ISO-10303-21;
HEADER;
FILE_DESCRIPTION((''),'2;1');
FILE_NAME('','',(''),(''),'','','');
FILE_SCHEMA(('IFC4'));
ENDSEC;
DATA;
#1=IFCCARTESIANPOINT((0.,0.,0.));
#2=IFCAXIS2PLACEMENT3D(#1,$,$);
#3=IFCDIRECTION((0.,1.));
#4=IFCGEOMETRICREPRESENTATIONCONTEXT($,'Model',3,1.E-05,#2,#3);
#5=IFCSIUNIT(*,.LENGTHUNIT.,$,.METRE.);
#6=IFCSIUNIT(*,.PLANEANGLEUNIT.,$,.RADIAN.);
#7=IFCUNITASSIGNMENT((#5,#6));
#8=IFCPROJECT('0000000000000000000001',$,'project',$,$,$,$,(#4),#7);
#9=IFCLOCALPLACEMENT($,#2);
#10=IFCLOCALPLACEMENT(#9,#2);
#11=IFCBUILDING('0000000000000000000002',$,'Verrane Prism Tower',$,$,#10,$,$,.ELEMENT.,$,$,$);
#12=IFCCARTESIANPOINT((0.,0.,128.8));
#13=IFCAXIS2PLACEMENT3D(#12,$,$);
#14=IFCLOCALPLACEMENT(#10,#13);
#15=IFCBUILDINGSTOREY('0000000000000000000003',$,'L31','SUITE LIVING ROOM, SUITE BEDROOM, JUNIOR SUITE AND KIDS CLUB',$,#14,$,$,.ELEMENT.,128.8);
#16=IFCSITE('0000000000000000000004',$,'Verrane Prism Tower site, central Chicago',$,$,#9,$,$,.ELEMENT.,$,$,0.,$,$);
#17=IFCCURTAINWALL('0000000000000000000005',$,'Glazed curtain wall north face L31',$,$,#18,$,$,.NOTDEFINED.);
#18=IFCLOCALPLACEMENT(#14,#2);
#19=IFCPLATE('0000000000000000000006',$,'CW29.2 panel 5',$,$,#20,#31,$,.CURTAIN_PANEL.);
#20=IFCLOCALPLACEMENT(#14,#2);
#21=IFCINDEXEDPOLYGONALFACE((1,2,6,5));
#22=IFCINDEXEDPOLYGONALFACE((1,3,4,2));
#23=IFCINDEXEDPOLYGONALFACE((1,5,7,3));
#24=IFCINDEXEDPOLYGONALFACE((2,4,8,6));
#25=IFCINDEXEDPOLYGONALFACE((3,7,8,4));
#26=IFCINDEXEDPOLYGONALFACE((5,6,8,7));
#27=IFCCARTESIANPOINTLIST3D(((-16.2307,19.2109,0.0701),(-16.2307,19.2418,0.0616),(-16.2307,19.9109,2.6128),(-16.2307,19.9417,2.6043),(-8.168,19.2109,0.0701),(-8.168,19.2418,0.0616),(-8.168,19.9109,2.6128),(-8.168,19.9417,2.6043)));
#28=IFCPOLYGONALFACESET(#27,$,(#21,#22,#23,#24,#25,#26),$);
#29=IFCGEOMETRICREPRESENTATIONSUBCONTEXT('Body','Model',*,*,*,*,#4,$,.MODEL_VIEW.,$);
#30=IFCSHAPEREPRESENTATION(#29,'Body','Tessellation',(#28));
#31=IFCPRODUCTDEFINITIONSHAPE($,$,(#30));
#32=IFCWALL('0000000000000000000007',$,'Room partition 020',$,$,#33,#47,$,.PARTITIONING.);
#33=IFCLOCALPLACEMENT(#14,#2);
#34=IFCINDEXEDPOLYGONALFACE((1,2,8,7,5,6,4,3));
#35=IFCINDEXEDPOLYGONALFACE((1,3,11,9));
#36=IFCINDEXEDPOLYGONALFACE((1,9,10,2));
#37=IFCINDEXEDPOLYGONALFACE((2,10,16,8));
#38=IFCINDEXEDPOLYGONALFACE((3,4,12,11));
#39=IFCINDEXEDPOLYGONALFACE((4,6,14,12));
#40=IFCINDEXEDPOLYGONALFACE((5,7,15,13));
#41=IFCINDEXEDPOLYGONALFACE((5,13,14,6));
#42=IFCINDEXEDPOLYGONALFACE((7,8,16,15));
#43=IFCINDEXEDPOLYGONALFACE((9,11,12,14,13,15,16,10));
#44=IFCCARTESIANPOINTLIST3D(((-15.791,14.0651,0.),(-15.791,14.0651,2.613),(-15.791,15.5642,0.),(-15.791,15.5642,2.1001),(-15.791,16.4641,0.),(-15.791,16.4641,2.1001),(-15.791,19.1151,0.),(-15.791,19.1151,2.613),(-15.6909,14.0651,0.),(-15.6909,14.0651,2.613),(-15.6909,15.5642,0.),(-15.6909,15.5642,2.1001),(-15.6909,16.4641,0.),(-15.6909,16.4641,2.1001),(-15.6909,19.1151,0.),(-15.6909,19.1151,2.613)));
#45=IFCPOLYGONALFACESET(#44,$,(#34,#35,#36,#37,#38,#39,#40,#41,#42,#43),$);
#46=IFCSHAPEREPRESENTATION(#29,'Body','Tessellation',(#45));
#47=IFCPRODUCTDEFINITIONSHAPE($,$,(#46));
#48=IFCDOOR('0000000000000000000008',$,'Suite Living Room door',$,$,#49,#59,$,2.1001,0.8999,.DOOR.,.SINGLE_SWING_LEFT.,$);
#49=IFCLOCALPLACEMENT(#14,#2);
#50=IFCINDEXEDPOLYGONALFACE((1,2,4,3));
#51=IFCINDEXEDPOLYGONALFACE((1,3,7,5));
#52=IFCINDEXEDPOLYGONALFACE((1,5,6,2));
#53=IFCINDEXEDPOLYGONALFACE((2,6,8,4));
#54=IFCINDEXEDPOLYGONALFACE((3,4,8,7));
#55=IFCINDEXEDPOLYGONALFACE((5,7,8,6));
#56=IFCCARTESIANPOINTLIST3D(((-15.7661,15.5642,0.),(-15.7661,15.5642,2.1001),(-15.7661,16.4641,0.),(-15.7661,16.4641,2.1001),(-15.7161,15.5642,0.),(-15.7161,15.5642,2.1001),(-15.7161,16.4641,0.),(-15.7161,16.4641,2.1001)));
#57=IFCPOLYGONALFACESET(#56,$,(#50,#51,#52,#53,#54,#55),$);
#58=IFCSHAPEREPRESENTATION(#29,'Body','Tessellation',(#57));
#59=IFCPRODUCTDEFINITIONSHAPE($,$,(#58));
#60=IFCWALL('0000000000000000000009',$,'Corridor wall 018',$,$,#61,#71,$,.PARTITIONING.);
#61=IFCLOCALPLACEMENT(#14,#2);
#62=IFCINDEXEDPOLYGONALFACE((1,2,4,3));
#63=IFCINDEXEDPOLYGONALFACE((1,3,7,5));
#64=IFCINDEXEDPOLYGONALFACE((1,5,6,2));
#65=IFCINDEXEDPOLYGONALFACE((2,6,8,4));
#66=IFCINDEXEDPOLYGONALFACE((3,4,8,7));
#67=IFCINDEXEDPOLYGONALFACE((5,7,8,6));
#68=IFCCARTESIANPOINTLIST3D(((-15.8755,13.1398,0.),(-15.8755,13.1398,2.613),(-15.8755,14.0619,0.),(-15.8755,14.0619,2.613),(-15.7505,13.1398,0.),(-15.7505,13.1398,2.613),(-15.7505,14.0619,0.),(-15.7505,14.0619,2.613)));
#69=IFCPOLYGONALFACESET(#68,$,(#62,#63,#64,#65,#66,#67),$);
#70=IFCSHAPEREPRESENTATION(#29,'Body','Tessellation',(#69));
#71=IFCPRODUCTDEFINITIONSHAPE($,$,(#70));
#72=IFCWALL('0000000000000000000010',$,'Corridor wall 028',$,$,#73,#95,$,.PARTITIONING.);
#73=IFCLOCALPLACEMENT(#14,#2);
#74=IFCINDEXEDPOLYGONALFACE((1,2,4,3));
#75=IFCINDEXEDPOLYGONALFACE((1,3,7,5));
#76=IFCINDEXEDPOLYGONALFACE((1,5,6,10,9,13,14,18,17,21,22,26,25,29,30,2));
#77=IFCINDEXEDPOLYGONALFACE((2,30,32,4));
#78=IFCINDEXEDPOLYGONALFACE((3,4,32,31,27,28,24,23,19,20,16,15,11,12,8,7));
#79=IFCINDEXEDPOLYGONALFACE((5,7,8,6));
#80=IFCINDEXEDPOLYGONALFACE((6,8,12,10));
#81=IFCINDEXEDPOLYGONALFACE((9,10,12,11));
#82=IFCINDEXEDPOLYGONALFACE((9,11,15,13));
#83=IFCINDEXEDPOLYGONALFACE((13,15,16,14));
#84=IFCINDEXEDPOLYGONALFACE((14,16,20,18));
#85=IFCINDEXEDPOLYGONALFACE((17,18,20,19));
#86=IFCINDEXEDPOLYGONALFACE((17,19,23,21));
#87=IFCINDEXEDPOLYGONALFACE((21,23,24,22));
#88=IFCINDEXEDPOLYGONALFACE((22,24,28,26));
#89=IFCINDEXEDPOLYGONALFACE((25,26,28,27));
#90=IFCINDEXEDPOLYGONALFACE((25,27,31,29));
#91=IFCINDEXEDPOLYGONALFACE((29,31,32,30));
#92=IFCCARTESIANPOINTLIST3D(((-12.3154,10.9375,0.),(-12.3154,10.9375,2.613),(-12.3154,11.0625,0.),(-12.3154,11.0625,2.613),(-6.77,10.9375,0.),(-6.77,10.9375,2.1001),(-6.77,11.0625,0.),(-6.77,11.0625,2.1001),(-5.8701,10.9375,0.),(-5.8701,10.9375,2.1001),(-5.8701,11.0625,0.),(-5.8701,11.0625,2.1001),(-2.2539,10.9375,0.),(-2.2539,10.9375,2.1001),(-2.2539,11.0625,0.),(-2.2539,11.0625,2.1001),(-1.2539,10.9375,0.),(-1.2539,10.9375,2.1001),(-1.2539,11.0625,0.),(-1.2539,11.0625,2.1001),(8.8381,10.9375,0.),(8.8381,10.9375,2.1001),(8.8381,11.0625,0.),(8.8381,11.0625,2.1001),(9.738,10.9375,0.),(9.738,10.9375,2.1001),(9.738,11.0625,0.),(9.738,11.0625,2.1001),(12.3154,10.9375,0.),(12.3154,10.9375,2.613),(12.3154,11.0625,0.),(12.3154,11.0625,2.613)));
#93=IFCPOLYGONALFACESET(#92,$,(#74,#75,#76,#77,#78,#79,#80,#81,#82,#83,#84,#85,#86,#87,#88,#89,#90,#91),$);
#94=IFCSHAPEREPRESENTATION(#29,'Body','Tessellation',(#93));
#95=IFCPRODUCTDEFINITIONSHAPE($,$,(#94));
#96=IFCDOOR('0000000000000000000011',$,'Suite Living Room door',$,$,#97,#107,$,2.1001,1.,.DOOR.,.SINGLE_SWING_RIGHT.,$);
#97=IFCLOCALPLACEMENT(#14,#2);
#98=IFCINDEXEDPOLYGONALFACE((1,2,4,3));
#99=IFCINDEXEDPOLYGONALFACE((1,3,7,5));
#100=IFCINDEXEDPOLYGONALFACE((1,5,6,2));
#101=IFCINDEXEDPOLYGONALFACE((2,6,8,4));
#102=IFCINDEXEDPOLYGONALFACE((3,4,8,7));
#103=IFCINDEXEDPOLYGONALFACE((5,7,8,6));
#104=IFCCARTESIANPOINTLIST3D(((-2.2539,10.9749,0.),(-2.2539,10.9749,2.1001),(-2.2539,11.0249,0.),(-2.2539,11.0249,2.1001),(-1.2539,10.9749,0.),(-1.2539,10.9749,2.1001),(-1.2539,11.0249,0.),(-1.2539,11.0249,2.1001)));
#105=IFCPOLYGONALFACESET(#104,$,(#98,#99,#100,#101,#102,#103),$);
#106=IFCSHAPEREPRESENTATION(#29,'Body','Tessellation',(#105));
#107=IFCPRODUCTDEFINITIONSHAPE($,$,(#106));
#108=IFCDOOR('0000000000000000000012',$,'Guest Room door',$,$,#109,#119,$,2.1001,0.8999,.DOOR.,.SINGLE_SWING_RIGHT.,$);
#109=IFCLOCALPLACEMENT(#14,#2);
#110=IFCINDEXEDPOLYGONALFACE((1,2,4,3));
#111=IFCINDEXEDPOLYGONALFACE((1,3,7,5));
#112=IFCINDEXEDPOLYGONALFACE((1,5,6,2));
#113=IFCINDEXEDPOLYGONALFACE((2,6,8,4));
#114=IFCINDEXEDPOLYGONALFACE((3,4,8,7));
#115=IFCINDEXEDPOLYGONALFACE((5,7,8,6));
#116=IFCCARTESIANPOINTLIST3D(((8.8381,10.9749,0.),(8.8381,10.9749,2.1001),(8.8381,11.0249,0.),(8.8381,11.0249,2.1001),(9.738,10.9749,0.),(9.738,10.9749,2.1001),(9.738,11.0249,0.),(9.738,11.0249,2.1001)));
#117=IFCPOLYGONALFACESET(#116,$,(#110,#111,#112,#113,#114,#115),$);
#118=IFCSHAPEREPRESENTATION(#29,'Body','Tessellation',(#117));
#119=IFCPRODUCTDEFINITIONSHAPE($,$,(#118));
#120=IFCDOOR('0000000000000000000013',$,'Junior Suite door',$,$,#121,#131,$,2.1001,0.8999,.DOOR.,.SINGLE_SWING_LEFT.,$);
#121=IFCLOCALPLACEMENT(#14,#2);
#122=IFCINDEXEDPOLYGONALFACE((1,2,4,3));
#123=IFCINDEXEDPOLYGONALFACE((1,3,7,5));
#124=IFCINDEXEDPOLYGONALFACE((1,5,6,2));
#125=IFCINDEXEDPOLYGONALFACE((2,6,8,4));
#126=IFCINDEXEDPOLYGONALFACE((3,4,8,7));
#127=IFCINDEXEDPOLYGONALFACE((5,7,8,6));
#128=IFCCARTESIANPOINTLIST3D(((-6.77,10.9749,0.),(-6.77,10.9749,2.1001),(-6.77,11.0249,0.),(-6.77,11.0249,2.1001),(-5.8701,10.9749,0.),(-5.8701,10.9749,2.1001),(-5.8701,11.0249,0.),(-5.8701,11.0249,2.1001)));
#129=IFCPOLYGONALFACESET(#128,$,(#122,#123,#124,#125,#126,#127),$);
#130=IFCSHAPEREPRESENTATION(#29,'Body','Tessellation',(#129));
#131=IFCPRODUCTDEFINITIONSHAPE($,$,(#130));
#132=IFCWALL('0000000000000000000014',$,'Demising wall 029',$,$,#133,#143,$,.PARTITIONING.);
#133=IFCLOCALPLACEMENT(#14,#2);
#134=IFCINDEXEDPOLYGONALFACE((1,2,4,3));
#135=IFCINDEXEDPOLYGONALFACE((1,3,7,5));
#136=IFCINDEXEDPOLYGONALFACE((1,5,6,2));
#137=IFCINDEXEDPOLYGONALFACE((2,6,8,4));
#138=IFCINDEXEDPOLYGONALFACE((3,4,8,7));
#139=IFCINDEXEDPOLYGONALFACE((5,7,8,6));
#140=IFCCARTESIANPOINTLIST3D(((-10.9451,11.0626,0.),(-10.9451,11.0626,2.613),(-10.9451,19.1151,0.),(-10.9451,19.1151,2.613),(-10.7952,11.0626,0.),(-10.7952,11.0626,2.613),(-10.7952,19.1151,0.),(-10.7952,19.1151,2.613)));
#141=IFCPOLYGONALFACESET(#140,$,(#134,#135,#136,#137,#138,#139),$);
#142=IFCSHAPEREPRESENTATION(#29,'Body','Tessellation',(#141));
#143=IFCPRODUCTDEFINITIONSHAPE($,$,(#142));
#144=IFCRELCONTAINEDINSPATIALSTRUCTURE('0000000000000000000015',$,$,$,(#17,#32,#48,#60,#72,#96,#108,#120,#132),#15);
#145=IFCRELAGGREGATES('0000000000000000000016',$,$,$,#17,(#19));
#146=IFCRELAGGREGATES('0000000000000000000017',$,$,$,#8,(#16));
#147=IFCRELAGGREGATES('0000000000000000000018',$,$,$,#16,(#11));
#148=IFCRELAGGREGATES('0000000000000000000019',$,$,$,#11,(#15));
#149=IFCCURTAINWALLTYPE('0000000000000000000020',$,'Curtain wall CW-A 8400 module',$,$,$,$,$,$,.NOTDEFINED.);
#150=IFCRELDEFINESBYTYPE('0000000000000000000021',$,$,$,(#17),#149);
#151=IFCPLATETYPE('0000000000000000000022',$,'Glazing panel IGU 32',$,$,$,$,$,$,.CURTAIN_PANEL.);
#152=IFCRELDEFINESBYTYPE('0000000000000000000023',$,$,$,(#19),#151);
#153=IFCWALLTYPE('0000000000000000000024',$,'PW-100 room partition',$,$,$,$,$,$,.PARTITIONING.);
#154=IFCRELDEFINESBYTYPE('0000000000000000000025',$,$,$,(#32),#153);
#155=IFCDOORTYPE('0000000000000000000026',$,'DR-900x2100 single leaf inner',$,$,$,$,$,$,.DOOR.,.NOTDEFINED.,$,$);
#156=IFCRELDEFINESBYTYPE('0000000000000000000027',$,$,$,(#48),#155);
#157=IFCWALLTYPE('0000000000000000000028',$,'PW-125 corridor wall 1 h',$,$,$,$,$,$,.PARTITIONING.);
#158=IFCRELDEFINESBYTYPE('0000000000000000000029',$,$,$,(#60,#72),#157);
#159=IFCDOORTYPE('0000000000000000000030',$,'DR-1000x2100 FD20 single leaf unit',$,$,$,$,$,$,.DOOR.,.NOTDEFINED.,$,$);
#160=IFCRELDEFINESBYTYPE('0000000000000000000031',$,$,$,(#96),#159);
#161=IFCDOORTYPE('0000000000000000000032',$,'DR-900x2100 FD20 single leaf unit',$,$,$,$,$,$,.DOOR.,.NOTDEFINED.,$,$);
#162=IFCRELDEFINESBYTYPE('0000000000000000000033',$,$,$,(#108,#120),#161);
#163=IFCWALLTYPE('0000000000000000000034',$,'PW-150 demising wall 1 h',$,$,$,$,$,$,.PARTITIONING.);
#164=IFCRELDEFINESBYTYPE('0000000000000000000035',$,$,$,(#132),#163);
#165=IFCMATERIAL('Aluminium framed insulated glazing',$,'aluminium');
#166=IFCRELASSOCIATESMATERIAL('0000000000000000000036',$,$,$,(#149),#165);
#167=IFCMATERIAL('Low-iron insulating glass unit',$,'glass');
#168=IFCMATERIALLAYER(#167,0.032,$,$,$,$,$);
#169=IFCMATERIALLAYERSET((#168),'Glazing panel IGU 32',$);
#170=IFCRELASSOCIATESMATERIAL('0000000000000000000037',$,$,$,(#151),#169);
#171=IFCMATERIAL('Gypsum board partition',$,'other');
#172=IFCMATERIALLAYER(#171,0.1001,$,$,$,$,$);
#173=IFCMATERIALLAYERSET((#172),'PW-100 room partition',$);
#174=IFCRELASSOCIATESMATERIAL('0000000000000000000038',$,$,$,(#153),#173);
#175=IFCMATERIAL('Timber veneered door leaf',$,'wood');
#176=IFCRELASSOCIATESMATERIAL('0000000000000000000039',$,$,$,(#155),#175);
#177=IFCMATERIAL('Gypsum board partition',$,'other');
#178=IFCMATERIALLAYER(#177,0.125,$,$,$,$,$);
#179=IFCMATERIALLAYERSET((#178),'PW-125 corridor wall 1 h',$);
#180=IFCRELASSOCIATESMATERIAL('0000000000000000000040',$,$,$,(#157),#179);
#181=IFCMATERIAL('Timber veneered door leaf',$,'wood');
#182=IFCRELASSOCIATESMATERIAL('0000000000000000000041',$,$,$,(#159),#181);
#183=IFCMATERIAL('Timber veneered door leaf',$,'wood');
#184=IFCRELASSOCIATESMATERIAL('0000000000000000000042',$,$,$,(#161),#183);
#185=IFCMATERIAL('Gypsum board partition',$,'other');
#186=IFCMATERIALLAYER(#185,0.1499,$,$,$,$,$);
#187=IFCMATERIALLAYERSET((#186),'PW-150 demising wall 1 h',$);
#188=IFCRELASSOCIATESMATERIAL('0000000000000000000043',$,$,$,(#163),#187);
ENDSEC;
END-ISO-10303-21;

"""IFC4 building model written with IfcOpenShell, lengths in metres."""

from ifc_helpers import new_model, si_unit, direction, frame, frame_2d, origin, place, context, subcontext, project, spatial, polyline, rectangle, outline, extrude, material, layer, layer_set, type_object, element, fill, aggregate, save


model = new_model("IFC4")

# Units and contexts
model_context = context("Model", 3, precision=1e-05, world=origin(), true_north=direction((0.0, 1.0)))
body_context = subcontext(model_context, "Body", "Model", "MODEL_VIEW")
ifc_project = project(units=[si_unit("LENGTHUNIT", "METRE"), si_unit("PLANEANGLEUNIT", "RADIAN")], contexts=[model_context])

# Site, building, storey
site_placement = place(None, origin())
site = spatial("IfcSite", under=ifc_project, at=site_placement, Name="Verrane Prism Tower site, central Chicago", CompositionType="ELEMENT", RefElevation=0.0)
building_placement = place(site_placement, origin())
building = spatial("IfcBuilding", under=site, at=building_placement, Name="Verrane Prism Tower", CompositionType="ELEMENT")
storey_placement = place(building_placement, frame((0.0, 0.0, 128.8)))
storey = spatial("IfcBuildingStorey", under=building, at=storey_placement, Name="L31", Description="SUITE LIVING ROOM, SUITE BEDROOM, JUNIOR SUITE AND KIDS CLUB", CompositionType="ELEMENT", Elevation=128.8)

# Curtain wall, plate
ifc_material_1 = material(Name="Aluminium framed insulated glazing", Category="aluminium")
curtain_wall_type = type_object("IfcCurtainWallType", Name="Curtain wall CW-A 8400 module", PredefinedType="NOTDEFINED", material=ifc_material_1)
curtain_wall_placement = place(storey_placement, origin())
curtain_wall = element("IfcCurtainWall", 1, at=curtain_wall_placement, inside=storey, type_object=curtain_wall_type, Name="Glazed curtain wall north face L31", PredefinedType="NOTDEFINED")
ifc_material_2 = material(Name="Low-iron insulating glass unit", Category="glass")
ifc_layer_1 = layer(ifc_material_2, 0.032)
ifc_layer_set_1 = layer_set([ifc_layer_1], Name="Glazing panel IGU 32")
plate_type = type_object("IfcPlateType", Name="Glazing panel IGU 32", PredefinedType="CURTAIN_PANEL", material=ifc_layer_set_1)
plate_placement = place(storey_placement, frame((-8.168, 19.2109, 0.0701), z_axis=(0.0, -0.964137, 0.265404), x_axis=(-1.0, 0.0, 0.0)))
plate = element("IfcPlate", 2, at=plate_placement, type_object=plate_type, Name="CW29.2 panel 5", PredefinedType="CURTAIN_PANEL", context=body_context, shape_type="SweptSolid", body=[
    extrude(outline(polyline([(0.0, 0.0), (8.0627, 0.0), (8.0627, -2.6373), (0.0, -2.6373), (0.0, 0.0)])), origin(), (0.0, 0.0, -1.0), 0.032),
])
aggregate(curtain_wall, [plate])

# Wall, opening, door
ifc_material_3 = material(Name="Gypsum board partition", Category="other")
ifc_layer_2 = layer(ifc_material_3, 0.1001)
ifc_layer_set_2 = layer_set([ifc_layer_2], Name="PW-100 room partition")
wall_type_1 = type_object("IfcWallType", Name="PW-100 room partition", PredefinedType="PARTITIONING", material=ifc_layer_set_2)
wall_1_placement = place(storey_placement, frame((-15.741, 19.115, 0.0), z_axis=(0.0, 0.0, 1.0), x_axis=(0.0, -1.0, 0.0)))
wall_1 = element("IfcWall", 3, at=wall_1_placement, inside=storey, type_object=wall_type_1, Name="Room partition 020", PredefinedType="PARTITIONING", context=body_context, shape_type="SweptSolid", body=[
    extrude(rectangle(XDim=5.05, YDim=0.1001, at=frame_2d((2.5249, 0.0))), origin(), (0.0, 0.0, 1.0), 2.613),
])
opening_1_placement = place(wall_1_placement, frame((2.6509, 0.0, 0.0)))
opening_1 = element("IfcOpeningElement", 4, at=opening_1_placement, cuts=wall_1, PredefinedType="OPENING", context=body_context, shape_type="SweptSolid", body=[
    extrude(rectangle(XDim=0.8999, YDim=2.1001, at=frame_2d((0.45, 1.05))), frame((0.0, 0.0601, 0.0), z_axis=(0.0, -1.0, 0.0), x_axis=(1.0, 0.0, 0.0)), (0.0, 0.0, 1.0), 0.1201),
])
ifc_material_4 = material(Name="Timber veneered door leaf", Category="wood")
door_type_1 = type_object("IfcDoorType", Name="DR-900x2100 single leaf inner", OperationType="NOTDEFINED", PredefinedType="DOOR", material=ifc_material_4)
door_1_placement = place(opening_1_placement, origin())
door_1 = element("IfcDoor", 5, at=door_1_placement, inside=storey, type_object=door_type_1, Name="Suite Living Room door", OperationType="SINGLE_SWING_LEFT", OverallHeight=2.1001, OverallWidth=0.8999, PredefinedType="DOOR", context=body_context, shape_type="SweptSolid", body=[
    extrude(rectangle(XDim=0.8999, YDim=2.1001, at=frame_2d((0.45, 1.05))), frame((0.0, 0.0249, 0.0), z_axis=(0.0, -1.0, 0.0), x_axis=(1.0, 0.0, 0.0)), (0.0, 0.0, 1.0), 0.05),
])
fill(opening_1, door_1)

# Wall
ifc_material_5 = material(Name="Gypsum board partition", Category="other")
ifc_layer_3 = layer(ifc_material_5, 0.125)
ifc_layer_set_3 = layer_set([ifc_layer_3], Name="PW-125 corridor wall 1 h")
wall_type_2 = type_object("IfcWallType", Name="PW-125 corridor wall 1 h", PredefinedType="PARTITIONING", material=ifc_layer_set_3)
wall_2_placement = place(storey_placement, frame((-15.813, 13.1399, 0.0), z_axis=(0.0, 0.0, 1.0), x_axis=(0.0, 1.0, 0.0)))
element("IfcWall", 6, at=wall_2_placement, inside=storey, type_object=wall_type_2, Name="Corridor wall 018", PredefinedType="PARTITIONING", context=body_context, shape_type="SweptSolid", body=[
    extrude(rectangle(XDim=0.9221, YDim=0.125, at=frame_2d((0.4609, 0.0))), origin(), (0.0, 0.0, 1.0), 2.613),
])

# Wall, openings, doors
wall_3_placement = place(storey_placement, frame((-12.3154, 11.0, 0.0), z_axis=(0.0, 0.0, 1.0), x_axis=(1.0, 0.0, 0.0)))
wall_3 = element("IfcWall", 7, at=wall_3_placement, inside=storey, type_object=wall_type_2, Name="Corridor wall 028", PredefinedType="PARTITIONING", context=body_context, shape_type="SweptSolid", body=[
    extrude(rectangle(XDim=24.6309, YDim=0.125, at=frame_2d((12.3154, 0.0))), origin(), (0.0, 0.0, 1.0), 2.613),
])
opening_2_placement = place(wall_3_placement, frame((21.1536, 0.0, 0.0)))
opening_2 = element("IfcOpeningElement", 8, at=opening_2_placement, cuts=wall_3, PredefinedType="OPENING", context=body_context, shape_type="SweptSolid", body=[
    extrude(rectangle(XDim=0.8999, YDim=2.1001, at=frame_2d((0.45, 1.05))), frame((0.0, 0.0725, 0.0), z_axis=(0.0, -1.0, 0.0), x_axis=(1.0, 0.0, 0.0)), (0.0, 0.0, 1.0), 0.145),
])
opening_3_placement = place(wall_3_placement, frame((10.0615, 0.0, 0.0)))
opening_3 = element("IfcOpeningElement", 9, at=opening_3_placement, cuts=wall_3, PredefinedType="OPENING", context=body_context, shape_type="SweptSolid", body=[
    extrude(rectangle(XDim=1.0, YDim=2.1001, at=frame_2d((0.5, 1.05))), frame((0.0, 0.0725, 0.0), z_axis=(0.0, -1.0, 0.0), x_axis=(1.0, 0.0, 0.0)), (0.0, 0.0, 1.0), 0.145),
])
opening_4_placement = place(wall_3_placement, frame((5.5454, 0.0, 0.0)))
opening_4 = element("IfcOpeningElement", 10, at=opening_4_placement, cuts=wall_3, PredefinedType="OPENING", context=body_context, shape_type="SweptSolid", body=[
    extrude(rectangle(XDim=0.8999, YDim=2.1001, at=frame_2d((0.45, 1.05))), frame((0.0, 0.0725, 0.0), z_axis=(0.0, -1.0, 0.0), x_axis=(1.0, 0.0, 0.0)), (0.0, 0.0, 1.0), 0.145),
])
ifc_material_6 = material(Name="Timber veneered door leaf", Category="wood")
door_type_2 = type_object("IfcDoorType", Name="DR-1000x2100 FD20 single leaf unit", OperationType="NOTDEFINED", PredefinedType="DOOR", material=ifc_material_6)
door_2_placement = place(opening_3_placement, origin())
door_2 = element("IfcDoor", 11, at=door_2_placement, inside=storey, type_object=door_type_2, Name="Suite Living Room door", OperationType="SINGLE_SWING_RIGHT", OverallHeight=2.1001, OverallWidth=1.0, PredefinedType="DOOR", context=body_context, shape_type="SweptSolid", body=[
    extrude(rectangle(XDim=1.0, YDim=2.1001, at=frame_2d((0.5, 1.05))), frame((0.0, 0.0249, 0.0), z_axis=(0.0, -1.0, 0.0), x_axis=(1.0, 0.0, 0.0)), (0.0, 0.0, 1.0), 0.05),
])
fill(opening_3, door_2)
ifc_material_7 = material(Name="Timber veneered door leaf", Category="wood")
door_type_3 = type_object("IfcDoorType", Name="DR-900x2100 FD20 single leaf unit", OperationType="NOTDEFINED", PredefinedType="DOOR", material=ifc_material_7)
door_3_placement = place(opening_2_placement, origin())
door_3 = element("IfcDoor", 12, at=door_3_placement, inside=storey, type_object=door_type_3, Name="Guest Room door", OperationType="SINGLE_SWING_RIGHT", OverallHeight=2.1001, OverallWidth=0.8999, PredefinedType="DOOR", context=body_context, shape_type="SweptSolid", body=[
    extrude(rectangle(XDim=0.8999, YDim=2.1001, at=frame_2d((0.45, 1.05))), frame((0.0, 0.0249, 0.0), z_axis=(0.0, -1.0, 0.0), x_axis=(1.0, 0.0, 0.0)), (0.0, 0.0, 1.0), 0.05),
])
fill(opening_2, door_3)
door_4_placement = place(opening_4_placement, origin())
door_4 = element("IfcDoor", 13, at=door_4_placement, inside=storey, type_object=door_type_3, Name="Junior Suite door", OperationType="SINGLE_SWING_LEFT", OverallHeight=2.1001, OverallWidth=0.8999, PredefinedType="DOOR", context=body_context, shape_type="SweptSolid", body=[
    extrude(rectangle(XDim=0.8999, YDim=2.1001, at=frame_2d((0.45, 1.05))), frame((0.0, 0.0249, 0.0), z_axis=(0.0, -1.0, 0.0), x_axis=(1.0, 0.0, 0.0)), (0.0, 0.0, 1.0), 0.05),
])
fill(opening_4, door_4)

# Wall
ifc_material_8 = material(Name="Gypsum board partition", Category="other")
ifc_layer_4 = layer(ifc_material_8, 0.1499)
ifc_layer_set_4 = layer_set([ifc_layer_4], Name="PW-150 demising wall 1 h")
wall_type_3 = type_object("IfcWallType", Name="PW-150 demising wall 1 h", PredefinedType="PARTITIONING", material=ifc_layer_set_4)
wall_4_placement = place(storey_placement, frame((-10.8701, 11.0625, 0.0), z_axis=(0.0, 0.0, 1.0), x_axis=(0.0, 1.0, 0.0)))
element("IfcWall", 14, at=wall_4_placement, inside=storey, type_object=wall_type_3, Name="Demising wall 029", PredefinedType="PARTITIONING", context=body_context, shape_type="SweptSolid", body=[
    extrude(rectangle(XDim=8.0525, YDim=0.1499, at=frame_2d((4.0264, 0.0))), origin(), (0.0, 0.0, 1.0), 2.613),
])

save(model, "model.ifc")
